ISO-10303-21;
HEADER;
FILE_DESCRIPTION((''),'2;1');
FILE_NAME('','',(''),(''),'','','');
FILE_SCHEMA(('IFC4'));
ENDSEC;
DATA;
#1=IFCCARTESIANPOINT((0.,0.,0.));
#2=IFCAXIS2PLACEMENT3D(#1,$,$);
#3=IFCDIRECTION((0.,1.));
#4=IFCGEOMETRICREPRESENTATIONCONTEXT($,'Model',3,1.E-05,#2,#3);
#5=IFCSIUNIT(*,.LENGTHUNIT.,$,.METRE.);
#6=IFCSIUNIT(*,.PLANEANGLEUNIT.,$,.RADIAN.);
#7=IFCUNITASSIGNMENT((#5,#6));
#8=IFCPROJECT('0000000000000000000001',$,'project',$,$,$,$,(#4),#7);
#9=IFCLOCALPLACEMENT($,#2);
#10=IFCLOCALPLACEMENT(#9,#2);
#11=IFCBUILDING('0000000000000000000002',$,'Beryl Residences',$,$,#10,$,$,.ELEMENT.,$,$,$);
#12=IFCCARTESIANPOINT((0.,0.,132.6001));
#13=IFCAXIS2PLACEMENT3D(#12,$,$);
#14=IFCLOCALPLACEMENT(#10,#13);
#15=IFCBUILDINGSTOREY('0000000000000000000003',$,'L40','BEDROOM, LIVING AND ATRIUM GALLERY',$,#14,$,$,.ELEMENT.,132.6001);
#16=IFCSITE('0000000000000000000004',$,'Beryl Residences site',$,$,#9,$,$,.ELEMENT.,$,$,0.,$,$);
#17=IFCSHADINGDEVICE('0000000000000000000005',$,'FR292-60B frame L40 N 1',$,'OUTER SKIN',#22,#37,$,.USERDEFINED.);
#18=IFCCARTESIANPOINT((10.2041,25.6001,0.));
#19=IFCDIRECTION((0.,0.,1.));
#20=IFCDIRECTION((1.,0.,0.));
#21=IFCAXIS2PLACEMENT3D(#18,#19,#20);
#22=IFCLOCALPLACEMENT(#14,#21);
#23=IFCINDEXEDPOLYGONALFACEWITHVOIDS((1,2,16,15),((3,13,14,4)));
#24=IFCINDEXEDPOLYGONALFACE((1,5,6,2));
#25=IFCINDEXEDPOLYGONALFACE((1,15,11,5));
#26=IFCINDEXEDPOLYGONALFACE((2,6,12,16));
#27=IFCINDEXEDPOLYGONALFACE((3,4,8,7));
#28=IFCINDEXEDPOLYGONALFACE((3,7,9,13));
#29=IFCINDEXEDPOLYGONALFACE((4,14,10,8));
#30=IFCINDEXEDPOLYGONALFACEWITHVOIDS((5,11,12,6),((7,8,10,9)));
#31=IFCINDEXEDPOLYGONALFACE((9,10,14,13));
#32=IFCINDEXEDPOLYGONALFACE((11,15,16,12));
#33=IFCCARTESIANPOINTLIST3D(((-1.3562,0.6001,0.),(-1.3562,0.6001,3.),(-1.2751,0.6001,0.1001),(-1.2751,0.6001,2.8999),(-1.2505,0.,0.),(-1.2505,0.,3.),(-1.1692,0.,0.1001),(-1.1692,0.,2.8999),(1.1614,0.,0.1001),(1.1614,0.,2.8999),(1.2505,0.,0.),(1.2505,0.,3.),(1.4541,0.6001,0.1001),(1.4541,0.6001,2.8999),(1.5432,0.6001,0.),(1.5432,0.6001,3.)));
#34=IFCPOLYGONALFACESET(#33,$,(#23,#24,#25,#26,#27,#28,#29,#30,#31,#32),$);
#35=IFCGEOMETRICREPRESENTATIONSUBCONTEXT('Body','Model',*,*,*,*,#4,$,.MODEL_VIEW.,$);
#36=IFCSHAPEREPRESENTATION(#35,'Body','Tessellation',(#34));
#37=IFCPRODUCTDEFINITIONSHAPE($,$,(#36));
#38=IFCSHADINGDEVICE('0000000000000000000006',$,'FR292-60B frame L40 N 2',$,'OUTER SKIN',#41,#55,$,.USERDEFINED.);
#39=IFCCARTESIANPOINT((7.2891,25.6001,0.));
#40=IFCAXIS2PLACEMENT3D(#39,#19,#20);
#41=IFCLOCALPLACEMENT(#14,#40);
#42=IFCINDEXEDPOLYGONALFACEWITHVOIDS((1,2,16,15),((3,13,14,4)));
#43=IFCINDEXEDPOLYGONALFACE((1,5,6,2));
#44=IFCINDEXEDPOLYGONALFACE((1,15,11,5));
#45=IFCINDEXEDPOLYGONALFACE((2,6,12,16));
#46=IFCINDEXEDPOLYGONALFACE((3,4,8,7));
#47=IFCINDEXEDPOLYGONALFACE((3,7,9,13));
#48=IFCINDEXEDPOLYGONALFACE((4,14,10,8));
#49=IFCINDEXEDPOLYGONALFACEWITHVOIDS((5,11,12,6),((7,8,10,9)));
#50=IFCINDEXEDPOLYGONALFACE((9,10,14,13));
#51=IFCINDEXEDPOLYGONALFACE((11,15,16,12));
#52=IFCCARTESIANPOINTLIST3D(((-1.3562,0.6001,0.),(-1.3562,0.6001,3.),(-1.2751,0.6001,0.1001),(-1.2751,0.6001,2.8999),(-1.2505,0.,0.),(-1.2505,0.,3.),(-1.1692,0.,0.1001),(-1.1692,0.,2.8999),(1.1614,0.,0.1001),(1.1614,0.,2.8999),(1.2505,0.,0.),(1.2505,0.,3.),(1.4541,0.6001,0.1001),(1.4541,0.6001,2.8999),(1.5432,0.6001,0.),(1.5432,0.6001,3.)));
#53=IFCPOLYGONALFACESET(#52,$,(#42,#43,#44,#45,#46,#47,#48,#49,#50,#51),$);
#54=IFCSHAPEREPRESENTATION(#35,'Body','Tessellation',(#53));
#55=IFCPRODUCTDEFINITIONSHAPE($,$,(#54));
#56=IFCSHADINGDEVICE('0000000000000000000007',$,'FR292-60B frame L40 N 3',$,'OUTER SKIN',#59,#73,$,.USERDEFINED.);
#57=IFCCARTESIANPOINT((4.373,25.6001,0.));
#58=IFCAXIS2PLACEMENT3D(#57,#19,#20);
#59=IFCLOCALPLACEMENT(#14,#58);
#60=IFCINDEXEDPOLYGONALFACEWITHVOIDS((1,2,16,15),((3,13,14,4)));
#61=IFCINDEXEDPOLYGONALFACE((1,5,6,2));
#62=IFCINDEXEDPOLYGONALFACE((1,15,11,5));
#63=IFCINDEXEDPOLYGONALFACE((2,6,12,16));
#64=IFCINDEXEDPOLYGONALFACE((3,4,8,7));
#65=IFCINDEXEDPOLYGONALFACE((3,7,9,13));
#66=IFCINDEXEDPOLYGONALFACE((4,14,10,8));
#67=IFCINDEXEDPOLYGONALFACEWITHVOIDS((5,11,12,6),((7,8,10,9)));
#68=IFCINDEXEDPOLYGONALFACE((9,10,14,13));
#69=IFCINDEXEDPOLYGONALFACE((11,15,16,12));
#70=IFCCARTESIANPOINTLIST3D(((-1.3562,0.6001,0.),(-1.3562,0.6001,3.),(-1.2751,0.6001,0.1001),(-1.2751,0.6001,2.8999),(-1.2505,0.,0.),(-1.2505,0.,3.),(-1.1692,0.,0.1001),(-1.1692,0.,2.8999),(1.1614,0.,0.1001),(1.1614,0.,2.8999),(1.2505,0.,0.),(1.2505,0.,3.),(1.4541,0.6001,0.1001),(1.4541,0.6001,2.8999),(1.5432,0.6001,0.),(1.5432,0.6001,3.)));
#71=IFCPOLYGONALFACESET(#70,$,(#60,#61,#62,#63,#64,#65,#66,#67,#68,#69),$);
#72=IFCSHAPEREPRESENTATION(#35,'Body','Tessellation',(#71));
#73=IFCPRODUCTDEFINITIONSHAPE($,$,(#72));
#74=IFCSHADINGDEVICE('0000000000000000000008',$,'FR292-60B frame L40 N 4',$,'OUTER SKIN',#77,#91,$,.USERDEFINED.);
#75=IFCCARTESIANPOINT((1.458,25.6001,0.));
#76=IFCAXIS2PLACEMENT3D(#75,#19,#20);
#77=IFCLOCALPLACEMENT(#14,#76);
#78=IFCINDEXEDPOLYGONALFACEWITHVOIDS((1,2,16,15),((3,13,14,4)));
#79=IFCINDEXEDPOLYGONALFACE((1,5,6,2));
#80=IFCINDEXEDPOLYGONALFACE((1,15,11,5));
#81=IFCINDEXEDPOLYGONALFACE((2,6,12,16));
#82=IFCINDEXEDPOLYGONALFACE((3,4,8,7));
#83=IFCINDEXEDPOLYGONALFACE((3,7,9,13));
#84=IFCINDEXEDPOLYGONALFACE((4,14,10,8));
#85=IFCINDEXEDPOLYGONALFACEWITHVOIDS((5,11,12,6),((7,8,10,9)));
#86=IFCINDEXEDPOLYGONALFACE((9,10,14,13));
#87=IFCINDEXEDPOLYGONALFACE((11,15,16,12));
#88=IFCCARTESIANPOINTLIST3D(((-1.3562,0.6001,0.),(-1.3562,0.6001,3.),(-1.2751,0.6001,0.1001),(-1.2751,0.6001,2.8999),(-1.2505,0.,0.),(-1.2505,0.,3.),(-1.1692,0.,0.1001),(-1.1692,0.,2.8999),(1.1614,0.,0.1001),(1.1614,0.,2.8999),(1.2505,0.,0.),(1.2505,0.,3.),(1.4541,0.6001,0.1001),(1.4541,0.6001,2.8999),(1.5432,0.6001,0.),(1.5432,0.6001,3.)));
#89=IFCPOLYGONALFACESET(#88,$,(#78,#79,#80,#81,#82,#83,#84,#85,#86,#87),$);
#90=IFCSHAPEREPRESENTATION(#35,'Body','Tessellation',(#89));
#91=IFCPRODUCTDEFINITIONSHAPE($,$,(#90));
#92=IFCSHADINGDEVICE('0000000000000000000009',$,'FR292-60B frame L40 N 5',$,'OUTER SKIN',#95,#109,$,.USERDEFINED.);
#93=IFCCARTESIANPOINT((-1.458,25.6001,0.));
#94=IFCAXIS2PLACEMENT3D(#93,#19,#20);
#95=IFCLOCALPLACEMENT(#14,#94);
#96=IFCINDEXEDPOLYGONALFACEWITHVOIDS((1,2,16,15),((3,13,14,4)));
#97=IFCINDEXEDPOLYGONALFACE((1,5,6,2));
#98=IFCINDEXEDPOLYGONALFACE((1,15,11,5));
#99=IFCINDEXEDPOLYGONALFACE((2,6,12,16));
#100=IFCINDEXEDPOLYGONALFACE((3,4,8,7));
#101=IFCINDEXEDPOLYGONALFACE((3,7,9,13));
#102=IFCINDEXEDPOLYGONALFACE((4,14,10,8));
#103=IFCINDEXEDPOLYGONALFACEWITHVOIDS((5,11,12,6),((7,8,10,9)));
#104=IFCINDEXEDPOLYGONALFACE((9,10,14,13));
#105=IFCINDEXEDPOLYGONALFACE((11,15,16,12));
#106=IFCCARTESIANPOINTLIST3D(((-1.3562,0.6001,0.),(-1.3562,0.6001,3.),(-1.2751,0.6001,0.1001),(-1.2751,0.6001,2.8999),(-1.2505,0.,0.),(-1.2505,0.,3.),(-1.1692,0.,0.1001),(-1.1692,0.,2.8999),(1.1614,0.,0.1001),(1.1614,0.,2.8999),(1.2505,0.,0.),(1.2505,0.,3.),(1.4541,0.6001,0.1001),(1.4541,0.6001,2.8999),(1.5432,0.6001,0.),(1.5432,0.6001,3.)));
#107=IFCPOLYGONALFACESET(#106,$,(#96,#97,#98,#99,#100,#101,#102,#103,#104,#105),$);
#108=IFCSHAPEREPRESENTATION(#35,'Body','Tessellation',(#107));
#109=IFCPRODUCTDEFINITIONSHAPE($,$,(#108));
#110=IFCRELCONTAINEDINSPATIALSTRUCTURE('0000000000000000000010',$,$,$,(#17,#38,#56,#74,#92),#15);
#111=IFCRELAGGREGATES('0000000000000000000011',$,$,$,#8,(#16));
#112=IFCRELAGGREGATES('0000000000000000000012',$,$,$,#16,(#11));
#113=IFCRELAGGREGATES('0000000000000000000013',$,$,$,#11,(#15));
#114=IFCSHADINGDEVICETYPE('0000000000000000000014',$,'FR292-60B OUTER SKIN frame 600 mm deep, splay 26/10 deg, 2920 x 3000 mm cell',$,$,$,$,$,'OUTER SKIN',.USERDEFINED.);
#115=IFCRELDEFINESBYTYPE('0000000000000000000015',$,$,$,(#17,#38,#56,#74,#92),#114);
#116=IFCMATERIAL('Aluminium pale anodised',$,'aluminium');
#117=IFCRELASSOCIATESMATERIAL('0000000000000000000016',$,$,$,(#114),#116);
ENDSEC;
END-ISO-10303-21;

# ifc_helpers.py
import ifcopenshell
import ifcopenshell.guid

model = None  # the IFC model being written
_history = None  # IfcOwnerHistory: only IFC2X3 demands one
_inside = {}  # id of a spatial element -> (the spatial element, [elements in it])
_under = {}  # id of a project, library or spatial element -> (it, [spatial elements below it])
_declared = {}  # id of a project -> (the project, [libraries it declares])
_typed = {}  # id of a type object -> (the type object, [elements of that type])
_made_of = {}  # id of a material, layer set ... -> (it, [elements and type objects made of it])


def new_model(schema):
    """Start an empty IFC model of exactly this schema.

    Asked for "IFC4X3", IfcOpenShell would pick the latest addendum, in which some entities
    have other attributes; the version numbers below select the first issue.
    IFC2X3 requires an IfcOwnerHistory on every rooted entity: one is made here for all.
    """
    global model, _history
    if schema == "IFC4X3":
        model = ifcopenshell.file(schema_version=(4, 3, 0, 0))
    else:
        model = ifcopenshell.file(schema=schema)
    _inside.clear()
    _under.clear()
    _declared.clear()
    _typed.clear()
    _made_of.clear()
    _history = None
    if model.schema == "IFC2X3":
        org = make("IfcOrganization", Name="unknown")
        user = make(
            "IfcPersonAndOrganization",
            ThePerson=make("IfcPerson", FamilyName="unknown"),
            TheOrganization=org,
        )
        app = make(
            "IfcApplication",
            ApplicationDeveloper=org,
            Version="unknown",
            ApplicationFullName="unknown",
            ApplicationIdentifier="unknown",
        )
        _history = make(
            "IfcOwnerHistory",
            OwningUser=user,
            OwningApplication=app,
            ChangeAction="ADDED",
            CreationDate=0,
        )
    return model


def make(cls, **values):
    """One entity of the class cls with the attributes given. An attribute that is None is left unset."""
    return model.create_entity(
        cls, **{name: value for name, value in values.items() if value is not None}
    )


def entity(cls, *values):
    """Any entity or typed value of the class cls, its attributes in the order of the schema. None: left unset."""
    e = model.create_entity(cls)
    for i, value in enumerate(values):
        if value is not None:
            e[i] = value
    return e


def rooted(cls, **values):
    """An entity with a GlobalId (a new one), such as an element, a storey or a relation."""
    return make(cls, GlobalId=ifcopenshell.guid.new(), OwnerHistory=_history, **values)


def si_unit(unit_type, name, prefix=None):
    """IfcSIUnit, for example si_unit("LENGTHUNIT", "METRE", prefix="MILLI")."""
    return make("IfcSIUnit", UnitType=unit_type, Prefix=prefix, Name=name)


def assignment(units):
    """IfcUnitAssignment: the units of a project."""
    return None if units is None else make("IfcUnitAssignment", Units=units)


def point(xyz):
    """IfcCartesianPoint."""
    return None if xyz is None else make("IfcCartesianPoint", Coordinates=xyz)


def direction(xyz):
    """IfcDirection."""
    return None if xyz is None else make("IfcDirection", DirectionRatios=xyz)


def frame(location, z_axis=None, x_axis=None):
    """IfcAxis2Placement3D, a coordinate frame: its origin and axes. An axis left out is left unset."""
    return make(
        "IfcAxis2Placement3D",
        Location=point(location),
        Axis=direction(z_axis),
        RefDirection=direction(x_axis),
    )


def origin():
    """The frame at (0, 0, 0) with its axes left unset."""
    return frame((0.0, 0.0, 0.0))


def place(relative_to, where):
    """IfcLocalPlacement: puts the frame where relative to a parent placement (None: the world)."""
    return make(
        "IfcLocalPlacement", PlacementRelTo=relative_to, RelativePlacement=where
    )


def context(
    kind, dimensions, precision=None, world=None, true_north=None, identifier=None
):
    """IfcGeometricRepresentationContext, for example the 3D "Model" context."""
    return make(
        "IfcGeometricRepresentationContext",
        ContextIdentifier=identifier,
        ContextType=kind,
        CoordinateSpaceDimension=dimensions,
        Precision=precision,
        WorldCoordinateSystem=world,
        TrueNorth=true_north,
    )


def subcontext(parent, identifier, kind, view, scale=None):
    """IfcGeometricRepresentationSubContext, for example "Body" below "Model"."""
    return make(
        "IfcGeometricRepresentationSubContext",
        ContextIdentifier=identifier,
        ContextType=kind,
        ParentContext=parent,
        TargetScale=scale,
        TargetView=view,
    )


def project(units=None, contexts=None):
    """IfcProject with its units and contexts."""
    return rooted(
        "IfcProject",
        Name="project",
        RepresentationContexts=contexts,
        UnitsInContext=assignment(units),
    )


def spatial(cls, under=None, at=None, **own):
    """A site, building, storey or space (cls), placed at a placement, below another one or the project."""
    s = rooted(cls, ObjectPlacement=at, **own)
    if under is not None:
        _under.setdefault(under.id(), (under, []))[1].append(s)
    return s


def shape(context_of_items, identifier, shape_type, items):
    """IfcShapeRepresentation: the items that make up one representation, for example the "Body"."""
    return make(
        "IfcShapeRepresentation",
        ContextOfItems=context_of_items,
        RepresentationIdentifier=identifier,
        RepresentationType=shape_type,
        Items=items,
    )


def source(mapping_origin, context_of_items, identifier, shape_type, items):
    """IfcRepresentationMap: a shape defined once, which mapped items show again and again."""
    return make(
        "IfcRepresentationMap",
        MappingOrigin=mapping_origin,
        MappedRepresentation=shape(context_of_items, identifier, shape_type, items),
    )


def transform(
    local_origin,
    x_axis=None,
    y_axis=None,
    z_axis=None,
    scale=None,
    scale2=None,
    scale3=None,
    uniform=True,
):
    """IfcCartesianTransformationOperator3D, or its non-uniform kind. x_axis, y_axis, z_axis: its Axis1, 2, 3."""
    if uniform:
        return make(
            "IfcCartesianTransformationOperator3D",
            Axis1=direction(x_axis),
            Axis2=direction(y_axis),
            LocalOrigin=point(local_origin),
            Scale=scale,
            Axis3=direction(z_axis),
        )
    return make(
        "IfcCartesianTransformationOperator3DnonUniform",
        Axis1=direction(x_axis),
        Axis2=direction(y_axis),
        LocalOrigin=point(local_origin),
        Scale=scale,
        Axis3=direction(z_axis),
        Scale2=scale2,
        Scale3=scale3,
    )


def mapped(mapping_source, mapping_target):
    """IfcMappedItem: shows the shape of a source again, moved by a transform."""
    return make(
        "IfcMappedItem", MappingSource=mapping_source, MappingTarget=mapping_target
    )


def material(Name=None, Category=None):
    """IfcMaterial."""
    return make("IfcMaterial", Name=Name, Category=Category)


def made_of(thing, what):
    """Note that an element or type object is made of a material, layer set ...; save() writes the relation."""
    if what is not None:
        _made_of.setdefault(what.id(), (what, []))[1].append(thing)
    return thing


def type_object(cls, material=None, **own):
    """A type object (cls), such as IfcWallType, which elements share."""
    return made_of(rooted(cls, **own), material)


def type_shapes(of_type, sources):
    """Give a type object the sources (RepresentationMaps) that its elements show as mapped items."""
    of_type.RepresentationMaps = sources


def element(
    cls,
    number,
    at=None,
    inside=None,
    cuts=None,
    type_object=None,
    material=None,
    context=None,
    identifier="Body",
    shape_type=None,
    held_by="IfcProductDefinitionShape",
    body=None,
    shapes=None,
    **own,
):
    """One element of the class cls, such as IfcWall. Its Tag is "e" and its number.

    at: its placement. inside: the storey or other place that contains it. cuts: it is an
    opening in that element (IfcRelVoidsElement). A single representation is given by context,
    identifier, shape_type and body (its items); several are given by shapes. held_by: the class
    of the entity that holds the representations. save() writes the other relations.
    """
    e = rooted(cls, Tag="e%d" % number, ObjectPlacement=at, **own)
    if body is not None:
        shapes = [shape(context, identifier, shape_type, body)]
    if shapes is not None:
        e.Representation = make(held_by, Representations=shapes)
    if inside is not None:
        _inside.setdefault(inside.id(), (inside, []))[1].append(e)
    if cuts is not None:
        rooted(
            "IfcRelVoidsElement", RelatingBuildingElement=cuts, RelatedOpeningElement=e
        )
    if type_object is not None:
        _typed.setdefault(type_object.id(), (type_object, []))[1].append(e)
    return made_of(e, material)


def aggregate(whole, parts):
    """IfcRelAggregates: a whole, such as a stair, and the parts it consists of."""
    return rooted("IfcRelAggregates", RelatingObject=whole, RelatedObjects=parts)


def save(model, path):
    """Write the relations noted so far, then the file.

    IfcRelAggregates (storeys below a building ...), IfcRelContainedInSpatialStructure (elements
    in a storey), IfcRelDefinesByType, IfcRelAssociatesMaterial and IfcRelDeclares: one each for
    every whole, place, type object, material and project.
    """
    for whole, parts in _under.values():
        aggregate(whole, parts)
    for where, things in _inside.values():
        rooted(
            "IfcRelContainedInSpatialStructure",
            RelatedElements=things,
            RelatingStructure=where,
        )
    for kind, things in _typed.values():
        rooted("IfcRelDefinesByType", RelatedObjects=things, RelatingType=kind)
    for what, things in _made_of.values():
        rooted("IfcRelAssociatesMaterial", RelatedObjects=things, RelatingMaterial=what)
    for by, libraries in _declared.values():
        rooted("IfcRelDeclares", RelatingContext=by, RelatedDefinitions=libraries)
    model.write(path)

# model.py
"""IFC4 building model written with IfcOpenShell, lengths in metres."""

from ifc_helpers import new_model, entity, si_unit, direction, frame, origin, place, context, subcontext, project, spatial, source, transform, mapped, material, type_object, type_shapes, element, save


model = new_model("IFC4")

# Units and contexts
model_context = context("Model", 3, precision=1e-05, world=origin(), true_north=direction((0.0, 1.0)))
body_context = subcontext(model_context, "Body", "Model", "MODEL_VIEW")
ifc_project = project(units=[si_unit("LENGTHUNIT", "METRE"), si_unit("PLANEANGLEUNIT", "RADIAN")], contexts=[model_context])

# Site, building, storey
site_placement = place(None, origin())
site = spatial("IfcSite", under=ifc_project, at=site_placement, Name="Beryl Residences site", CompositionType="ELEMENT", RefElevation=0.0)
building_placement = place(site_placement, origin())
building = spatial("IfcBuilding", under=site, at=building_placement, Name="Beryl Residences", CompositionType="ELEMENT")
storey_placement = place(building_placement, frame((0.0, 0.0, 132.6001)))
storey = spatial("IfcBuildingStorey", under=building, at=storey_placement, Name="L40", Description="BEDROOM, LIVING AND ATRIUM GALLERY", CompositionType="ELEMENT", Elevation=132.6001)

# Shading devices
ifc_material_1 = material(Name="Aluminium pale anodised", Category="aluminium")
shading_device_type = type_object("IfcShadingDeviceType", Name="FR292-60B OUTER SKIN frame 600 mm deep, splay 26/10 deg, 2920 x 3000 mm cell", ElementType="OUTER SKIN", PredefinedType="USERDEFINED", material=ifc_material_1)
cartesian_point_1 = entity("IfcCartesianPoint", [-1.2505, 0.0])
cartesian_point_2 = entity("IfcCartesianPoint", [-1.1614, 0.1001])
cartesian_point_3 = entity("IfcCartesianPoint", [-1.5432, 0.0])
cartesian_point_4 = entity("IfcCartesianPoint", [-1.4541, 0.1001])
shared_shape_1 = source(origin(), body_context, "Body", "SweptSolid", [
    entity("IfcExtrudedAreaSolidTapered", entity("IfcArbitraryProfileDefWithVoids", "AREA", None, entity("IfcPolyline", [cartesian_point_1, entity("IfcCartesianPoint", [1.2505, 0.0]), entity("IfcCartesianPoint", [1.2505, 3.0]), entity("IfcCartesianPoint", [-1.2505, 3.0]), cartesian_point_1]), [entity("IfcPolyline", [cartesian_point_2, entity("IfcCartesianPoint", [1.1692, 0.1001]), entity("IfcCartesianPoint", [1.1692, 2.8999]), entity("IfcCartesianPoint", [-1.1614, 2.8999]), cartesian_point_2])]), entity("IfcAxis2Placement3D", entity("IfcCartesianPoint", [0.0, 0.0, 0.0]), entity("IfcDirection", [0.0, 1.0, 0.0]), entity("IfcDirection", [-1.0, 0.0, 0.0])), entity("IfcDirection", [0.0, 0.0, 1.0]), 0.6001, entity("IfcArbitraryProfileDefWithVoids", "AREA", None, entity("IfcPolyline", [cartesian_point_3, entity("IfcCartesianPoint", [1.3562, 0.0]), entity("IfcCartesianPoint", [1.3562, 3.0]), entity("IfcCartesianPoint", [-1.5432, 3.0]), cartesian_point_3]), [entity("IfcPolyline", [cartesian_point_4, entity("IfcCartesianPoint", [1.2751, 0.1001]), entity("IfcCartesianPoint", [1.2751, 2.8999]), entity("IfcCartesianPoint", [-1.4541, 2.8999]), cartesian_point_4])])),
])
type_shapes(shading_device_type, [shared_shape_1])
for number, where, z_axis, x_axis, name in (
    (1, (10.2041, 25.6001, 0.0), (0.0, 0.0, 1.0), (1.0, 0.0, 0.0), "FR292-60B frame L40 N 1"),
    (2, (7.2891, 25.6001, 0.0), (0.0, 0.0, 1.0), (1.0, 0.0, 0.0), "FR292-60B frame L40 N 2"),
    (3, (4.373, 25.6001, 0.0), (0.0, 0.0, 1.0), (1.0, 0.0, 0.0), "FR292-60B frame L40 N 3"),
    (4, (1.458, 25.6001, 0.0), (0.0, 0.0, 1.0), (1.0, 0.0, 0.0), "FR292-60B frame L40 N 4"),
    (5, (-1.458, 25.6001, 0.0), (0.0, 0.0, 1.0), (1.0, 0.0, 0.0), "FR292-60B frame L40 N 5"),
):
    element("IfcShadingDevice", number, at=place(storey_placement, frame(where, z_axis=z_axis, x_axis=x_axis)), inside=storey, type_object=shading_device_type, Name=name, ObjectType="OUTER SKIN", PredefinedType="USERDEFINED", context=body_context, shape_type="MappedRepresentation", body=[
        mapped(shared_shape_1, transform((0.0, 0.0, 0.0))),
    ])

save(model, "model.ifc")
